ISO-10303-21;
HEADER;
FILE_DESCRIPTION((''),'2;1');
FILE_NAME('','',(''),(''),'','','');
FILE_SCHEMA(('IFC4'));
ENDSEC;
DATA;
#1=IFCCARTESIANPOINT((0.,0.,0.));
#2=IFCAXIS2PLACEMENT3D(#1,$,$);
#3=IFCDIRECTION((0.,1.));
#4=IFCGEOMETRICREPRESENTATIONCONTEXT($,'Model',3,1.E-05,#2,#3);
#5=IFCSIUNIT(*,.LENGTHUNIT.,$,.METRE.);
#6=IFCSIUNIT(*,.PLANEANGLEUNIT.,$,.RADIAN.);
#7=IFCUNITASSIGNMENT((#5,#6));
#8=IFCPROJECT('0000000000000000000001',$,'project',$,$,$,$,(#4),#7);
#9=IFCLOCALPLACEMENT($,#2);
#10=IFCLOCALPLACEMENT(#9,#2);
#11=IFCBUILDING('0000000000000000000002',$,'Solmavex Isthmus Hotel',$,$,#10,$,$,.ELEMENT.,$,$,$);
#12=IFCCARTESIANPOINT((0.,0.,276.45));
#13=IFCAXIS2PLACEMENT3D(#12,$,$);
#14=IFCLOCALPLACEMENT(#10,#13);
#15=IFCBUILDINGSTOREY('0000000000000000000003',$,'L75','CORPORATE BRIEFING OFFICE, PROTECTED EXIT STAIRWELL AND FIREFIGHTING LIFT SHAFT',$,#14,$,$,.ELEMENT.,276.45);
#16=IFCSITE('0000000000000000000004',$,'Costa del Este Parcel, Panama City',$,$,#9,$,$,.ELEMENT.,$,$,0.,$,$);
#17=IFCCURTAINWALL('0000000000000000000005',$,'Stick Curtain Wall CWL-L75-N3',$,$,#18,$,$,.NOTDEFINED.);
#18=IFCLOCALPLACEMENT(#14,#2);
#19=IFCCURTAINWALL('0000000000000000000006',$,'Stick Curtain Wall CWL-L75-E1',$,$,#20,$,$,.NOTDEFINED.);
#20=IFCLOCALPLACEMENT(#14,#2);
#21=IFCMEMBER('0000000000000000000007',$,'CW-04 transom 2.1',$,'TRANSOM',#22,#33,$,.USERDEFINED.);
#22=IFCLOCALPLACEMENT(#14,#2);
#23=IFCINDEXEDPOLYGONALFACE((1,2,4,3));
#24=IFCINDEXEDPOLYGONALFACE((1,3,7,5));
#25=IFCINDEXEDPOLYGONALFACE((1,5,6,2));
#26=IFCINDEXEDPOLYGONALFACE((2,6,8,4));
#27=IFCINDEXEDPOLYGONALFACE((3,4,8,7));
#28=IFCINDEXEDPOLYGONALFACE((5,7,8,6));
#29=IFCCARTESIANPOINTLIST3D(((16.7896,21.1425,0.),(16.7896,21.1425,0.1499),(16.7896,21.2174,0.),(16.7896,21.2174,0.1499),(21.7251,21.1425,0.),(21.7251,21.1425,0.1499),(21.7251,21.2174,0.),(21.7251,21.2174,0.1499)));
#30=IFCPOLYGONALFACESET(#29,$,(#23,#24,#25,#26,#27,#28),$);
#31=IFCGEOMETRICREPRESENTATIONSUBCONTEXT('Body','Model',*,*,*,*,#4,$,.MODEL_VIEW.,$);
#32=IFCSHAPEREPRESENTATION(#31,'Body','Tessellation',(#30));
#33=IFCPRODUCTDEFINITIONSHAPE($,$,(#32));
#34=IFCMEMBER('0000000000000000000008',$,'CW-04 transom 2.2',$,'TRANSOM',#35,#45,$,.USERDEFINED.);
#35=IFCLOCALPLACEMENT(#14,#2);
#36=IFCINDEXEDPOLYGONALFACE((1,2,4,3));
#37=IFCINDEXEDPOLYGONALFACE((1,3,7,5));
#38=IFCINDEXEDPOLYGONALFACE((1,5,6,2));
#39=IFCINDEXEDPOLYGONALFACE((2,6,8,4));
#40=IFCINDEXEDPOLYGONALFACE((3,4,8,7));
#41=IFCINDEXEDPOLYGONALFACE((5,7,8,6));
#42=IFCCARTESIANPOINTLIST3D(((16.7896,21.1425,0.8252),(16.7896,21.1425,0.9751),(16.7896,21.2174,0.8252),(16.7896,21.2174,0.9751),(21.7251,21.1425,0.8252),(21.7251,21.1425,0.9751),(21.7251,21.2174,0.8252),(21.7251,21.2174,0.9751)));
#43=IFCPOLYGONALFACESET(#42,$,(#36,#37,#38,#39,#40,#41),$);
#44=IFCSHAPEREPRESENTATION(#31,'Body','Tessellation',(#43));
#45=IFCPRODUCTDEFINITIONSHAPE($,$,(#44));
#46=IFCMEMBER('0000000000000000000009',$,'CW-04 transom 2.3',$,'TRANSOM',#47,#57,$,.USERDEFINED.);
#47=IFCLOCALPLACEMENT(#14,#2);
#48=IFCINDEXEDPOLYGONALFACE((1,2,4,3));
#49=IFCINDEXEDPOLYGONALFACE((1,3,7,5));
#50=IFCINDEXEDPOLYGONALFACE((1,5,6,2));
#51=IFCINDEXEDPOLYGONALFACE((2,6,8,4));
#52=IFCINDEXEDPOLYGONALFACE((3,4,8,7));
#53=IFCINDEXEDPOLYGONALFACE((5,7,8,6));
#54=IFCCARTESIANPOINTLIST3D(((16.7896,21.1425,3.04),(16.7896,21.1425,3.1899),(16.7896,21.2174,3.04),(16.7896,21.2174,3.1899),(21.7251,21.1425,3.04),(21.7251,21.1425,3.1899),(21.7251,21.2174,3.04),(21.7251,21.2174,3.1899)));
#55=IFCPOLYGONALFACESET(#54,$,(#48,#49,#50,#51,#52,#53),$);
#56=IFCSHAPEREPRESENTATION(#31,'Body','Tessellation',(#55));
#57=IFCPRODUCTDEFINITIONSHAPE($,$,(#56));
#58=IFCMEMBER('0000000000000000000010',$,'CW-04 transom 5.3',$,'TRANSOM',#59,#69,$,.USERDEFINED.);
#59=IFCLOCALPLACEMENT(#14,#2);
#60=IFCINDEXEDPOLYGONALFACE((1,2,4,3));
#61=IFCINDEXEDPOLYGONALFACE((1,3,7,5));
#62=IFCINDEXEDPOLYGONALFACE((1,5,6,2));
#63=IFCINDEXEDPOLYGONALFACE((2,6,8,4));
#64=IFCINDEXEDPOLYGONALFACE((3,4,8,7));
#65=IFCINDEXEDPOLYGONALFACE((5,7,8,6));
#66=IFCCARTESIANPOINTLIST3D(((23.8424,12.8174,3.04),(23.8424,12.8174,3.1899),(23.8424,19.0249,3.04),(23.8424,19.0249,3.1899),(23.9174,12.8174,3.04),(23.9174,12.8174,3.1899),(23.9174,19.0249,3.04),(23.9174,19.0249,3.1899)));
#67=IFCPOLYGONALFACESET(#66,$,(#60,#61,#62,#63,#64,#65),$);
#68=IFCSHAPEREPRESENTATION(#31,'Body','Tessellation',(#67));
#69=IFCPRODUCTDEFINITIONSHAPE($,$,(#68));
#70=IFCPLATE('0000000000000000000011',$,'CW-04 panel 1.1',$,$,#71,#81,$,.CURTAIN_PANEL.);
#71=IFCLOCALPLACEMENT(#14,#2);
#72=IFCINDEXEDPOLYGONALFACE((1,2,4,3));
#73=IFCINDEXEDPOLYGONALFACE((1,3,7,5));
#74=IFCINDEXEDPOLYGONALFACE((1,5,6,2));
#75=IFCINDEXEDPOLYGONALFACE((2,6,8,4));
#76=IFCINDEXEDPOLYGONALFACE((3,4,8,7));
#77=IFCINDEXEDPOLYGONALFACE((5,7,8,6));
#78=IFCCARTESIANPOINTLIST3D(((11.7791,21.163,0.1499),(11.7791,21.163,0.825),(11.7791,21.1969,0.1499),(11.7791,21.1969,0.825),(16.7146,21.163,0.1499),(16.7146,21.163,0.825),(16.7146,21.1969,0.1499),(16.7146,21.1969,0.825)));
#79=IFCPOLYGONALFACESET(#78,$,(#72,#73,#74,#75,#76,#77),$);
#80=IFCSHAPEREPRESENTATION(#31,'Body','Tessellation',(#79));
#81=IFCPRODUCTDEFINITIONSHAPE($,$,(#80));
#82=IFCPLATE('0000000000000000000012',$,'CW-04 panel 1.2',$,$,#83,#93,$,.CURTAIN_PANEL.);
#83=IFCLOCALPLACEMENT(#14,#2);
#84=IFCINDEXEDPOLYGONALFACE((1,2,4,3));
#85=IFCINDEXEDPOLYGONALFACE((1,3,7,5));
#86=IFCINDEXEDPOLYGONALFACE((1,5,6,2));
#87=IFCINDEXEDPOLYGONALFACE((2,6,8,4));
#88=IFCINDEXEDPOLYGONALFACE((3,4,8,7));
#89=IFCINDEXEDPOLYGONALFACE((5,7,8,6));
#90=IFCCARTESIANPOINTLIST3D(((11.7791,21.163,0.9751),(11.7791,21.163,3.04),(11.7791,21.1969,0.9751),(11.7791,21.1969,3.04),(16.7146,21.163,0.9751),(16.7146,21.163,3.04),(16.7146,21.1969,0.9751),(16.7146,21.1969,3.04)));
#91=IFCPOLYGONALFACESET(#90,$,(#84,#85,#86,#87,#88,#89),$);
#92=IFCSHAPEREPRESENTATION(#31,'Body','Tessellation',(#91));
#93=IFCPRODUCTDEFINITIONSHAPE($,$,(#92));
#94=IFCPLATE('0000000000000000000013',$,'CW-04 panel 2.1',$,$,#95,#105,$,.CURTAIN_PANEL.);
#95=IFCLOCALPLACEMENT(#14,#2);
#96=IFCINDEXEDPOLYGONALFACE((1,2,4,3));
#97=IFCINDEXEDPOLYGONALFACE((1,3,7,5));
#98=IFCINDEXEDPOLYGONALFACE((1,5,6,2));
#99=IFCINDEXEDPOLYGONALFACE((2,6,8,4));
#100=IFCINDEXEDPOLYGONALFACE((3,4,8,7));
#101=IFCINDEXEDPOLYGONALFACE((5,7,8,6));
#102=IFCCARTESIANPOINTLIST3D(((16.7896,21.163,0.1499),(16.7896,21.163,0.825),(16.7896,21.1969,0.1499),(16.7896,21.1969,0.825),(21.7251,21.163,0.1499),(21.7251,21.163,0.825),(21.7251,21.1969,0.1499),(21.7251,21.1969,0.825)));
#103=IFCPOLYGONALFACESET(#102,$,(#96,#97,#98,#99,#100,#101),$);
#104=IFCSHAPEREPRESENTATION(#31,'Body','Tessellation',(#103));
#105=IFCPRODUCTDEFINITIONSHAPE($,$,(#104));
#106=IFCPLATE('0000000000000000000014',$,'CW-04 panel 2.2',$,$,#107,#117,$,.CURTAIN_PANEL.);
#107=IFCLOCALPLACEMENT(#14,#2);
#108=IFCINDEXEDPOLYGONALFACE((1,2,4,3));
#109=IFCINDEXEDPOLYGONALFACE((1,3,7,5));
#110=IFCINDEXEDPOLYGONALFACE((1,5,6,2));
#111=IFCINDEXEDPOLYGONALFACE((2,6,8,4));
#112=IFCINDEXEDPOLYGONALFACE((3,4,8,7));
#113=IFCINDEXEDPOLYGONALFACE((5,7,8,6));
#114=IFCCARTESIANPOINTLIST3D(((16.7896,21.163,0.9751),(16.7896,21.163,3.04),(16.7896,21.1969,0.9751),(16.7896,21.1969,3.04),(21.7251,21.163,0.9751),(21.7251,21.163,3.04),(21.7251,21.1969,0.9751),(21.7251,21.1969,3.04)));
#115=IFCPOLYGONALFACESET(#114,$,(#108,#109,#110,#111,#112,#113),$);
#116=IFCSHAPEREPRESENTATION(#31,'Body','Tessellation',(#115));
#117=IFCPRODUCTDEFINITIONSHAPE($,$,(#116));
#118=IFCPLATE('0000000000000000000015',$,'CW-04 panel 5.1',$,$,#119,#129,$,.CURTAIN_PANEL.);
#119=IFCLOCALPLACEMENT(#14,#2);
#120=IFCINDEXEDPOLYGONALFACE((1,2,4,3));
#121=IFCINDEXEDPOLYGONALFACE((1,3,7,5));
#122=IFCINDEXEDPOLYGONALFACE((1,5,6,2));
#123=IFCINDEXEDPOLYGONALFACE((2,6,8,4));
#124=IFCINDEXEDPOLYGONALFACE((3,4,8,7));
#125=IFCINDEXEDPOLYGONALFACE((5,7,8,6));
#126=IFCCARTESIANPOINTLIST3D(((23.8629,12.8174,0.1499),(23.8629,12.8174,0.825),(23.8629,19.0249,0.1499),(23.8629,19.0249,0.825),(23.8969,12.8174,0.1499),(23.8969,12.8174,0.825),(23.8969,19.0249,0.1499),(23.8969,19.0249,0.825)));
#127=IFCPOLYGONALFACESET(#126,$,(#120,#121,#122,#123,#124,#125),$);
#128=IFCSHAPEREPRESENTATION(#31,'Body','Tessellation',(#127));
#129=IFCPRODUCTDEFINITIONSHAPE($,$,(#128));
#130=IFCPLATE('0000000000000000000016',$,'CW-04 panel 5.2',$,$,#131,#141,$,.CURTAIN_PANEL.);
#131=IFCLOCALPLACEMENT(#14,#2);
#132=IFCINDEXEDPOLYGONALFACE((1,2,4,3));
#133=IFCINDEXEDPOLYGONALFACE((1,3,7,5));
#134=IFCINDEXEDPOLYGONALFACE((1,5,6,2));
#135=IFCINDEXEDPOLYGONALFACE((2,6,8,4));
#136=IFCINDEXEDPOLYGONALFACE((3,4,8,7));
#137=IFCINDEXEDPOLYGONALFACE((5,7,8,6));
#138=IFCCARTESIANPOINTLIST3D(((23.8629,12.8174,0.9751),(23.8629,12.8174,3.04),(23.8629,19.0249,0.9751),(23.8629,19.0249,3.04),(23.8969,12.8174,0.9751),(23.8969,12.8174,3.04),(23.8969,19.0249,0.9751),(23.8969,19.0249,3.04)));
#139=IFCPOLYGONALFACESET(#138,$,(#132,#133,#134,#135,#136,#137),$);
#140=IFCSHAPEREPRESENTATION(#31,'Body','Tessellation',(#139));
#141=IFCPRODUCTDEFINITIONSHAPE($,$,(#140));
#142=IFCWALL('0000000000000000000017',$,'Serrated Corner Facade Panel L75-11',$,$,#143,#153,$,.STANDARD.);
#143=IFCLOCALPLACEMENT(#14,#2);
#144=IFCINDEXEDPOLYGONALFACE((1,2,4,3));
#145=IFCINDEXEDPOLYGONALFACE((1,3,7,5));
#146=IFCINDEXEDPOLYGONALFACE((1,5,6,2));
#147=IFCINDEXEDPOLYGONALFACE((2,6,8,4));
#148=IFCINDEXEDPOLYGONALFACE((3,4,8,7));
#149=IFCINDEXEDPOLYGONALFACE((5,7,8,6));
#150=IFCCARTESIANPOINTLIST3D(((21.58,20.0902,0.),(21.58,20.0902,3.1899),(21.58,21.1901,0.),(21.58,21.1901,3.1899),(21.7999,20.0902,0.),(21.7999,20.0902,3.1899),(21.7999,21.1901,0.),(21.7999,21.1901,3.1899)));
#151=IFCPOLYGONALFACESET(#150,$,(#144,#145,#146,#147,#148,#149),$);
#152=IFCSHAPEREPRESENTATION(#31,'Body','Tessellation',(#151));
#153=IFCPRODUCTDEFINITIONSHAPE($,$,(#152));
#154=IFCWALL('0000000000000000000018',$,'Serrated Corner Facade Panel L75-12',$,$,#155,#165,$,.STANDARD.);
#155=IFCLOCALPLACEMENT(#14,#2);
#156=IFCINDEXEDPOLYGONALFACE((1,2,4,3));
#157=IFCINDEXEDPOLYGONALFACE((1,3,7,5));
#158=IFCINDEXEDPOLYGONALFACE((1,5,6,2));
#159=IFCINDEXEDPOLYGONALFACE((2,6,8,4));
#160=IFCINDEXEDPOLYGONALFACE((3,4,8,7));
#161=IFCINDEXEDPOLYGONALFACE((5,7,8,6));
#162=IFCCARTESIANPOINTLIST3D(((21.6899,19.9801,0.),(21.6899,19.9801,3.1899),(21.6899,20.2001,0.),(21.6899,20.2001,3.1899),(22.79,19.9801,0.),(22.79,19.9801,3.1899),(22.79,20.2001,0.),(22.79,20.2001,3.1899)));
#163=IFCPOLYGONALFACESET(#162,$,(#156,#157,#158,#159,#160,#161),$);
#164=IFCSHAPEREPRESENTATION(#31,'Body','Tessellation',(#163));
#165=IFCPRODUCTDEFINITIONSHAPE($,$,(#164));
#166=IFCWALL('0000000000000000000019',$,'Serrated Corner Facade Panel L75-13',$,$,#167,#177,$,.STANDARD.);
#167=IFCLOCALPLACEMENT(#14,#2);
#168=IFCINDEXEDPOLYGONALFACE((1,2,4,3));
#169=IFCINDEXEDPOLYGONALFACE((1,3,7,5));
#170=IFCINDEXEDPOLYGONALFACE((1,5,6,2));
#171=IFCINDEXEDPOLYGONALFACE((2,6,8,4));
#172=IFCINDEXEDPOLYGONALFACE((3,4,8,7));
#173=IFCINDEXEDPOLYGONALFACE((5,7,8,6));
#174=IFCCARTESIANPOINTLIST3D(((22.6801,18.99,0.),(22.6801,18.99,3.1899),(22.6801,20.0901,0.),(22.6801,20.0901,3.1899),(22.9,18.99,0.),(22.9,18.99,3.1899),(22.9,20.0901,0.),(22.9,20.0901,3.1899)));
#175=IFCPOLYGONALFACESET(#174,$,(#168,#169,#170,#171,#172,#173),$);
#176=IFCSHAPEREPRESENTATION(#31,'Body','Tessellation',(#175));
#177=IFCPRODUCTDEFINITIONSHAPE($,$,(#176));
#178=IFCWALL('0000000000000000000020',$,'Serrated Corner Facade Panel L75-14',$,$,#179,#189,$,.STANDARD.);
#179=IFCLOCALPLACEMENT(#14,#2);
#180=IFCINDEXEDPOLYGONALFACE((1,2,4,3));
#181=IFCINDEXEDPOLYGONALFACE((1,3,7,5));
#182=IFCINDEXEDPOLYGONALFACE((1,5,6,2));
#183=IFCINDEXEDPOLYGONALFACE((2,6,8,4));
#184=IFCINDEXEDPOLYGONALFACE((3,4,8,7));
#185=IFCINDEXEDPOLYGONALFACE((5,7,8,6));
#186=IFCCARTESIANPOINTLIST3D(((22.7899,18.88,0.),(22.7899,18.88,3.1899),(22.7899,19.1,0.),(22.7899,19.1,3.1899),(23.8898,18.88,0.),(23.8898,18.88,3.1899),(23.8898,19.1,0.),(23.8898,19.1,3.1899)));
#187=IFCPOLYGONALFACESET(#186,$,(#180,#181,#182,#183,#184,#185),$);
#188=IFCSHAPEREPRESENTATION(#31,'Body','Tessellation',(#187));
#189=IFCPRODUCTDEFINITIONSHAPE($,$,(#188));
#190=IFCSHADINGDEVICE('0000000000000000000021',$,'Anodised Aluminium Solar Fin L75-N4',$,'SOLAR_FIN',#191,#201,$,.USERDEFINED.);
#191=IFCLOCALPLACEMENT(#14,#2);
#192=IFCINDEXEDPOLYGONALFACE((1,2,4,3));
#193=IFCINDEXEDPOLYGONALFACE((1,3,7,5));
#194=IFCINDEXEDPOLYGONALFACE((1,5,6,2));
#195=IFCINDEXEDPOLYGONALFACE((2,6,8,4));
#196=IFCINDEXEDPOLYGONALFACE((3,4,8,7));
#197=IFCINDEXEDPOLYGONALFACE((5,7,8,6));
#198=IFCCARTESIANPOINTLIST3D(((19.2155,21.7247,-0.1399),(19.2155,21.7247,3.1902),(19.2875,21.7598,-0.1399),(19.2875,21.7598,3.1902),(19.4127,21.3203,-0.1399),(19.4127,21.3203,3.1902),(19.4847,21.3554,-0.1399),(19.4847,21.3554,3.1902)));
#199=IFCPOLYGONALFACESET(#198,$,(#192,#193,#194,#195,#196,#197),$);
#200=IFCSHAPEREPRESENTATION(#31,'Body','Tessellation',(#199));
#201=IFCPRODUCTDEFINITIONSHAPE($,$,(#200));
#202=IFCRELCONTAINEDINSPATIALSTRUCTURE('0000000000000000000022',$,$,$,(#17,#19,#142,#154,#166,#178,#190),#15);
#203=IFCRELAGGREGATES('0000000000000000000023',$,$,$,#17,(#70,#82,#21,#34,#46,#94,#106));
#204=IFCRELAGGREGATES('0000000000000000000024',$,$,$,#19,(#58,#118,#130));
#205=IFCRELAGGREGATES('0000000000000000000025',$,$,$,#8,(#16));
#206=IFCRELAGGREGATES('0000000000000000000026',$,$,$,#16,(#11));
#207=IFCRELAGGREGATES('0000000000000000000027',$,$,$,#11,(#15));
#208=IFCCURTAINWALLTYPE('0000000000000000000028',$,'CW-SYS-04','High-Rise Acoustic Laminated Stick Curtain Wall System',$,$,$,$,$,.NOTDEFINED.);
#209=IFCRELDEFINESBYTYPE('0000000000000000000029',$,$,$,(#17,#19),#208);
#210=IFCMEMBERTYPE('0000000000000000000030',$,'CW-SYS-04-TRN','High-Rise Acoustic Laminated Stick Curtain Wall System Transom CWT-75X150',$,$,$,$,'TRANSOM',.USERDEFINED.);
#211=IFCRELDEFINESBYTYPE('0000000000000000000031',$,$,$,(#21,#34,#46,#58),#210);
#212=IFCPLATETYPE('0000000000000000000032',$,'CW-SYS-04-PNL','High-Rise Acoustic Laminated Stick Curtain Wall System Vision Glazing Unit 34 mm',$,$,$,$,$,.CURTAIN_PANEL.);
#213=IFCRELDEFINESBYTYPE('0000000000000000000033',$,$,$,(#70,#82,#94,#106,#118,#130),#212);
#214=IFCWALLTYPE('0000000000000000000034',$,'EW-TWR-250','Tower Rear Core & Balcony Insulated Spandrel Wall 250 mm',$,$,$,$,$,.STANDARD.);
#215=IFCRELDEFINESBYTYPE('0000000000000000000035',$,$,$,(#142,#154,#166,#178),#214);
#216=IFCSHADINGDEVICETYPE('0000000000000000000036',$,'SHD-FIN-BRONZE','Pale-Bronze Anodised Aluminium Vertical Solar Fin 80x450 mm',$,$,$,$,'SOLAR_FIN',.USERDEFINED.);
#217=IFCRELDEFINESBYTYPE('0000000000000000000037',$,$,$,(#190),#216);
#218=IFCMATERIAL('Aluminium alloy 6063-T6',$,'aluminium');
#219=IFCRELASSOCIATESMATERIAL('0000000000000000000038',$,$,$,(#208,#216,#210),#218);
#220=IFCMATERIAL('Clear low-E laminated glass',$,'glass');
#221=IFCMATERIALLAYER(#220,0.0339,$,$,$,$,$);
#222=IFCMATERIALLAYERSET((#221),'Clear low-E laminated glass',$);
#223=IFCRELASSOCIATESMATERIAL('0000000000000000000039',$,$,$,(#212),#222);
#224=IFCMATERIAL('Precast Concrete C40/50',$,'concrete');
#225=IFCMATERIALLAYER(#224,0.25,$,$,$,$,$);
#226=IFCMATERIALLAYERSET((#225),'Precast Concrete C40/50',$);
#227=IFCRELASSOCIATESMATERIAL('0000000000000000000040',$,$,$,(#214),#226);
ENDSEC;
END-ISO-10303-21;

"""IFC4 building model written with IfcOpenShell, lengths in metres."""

from ifc_helpers import new_model, si_unit, direction, frame, frame_2d, origin, origin_2d, place, context, subcontext, project, spatial, rectangle, extrude, material, layer, layer_set, material_profile, profile_set, type_object, element, aggregate, save


model = new_model("IFC4")

# Units and contexts
model_context = context("Model", 3, precision=1e-05, world=origin(), true_north=direction((0.0, 1.0)))
body_context = subcontext(model_context, "Body", "Model", "MODEL_VIEW")
ifc_project = project(units=[si_unit("LENGTHUNIT", "METRE"), si_unit("PLANEANGLEUNIT", "RADIAN")], contexts=[model_context])

# Site, building, storey
site_placement = place(None, origin())
site = spatial("IfcSite", under=ifc_project, at=site_placement, Name="Costa del Este Parcel, Panama City", CompositionType="ELEMENT", RefElevation=0.0)
building_placement = place(site_placement, origin())
building = spatial("IfcBuilding", under=site, at=building_placement, Name="Solmavex Isthmus Hotel", CompositionType="ELEMENT")
storey_placement = place(building_placement, frame((0.0, 0.0, 276.45)))
storey = spatial("IfcBuildingStorey", under=building, at=storey_placement, Name="L75", Description="CORPORATE BRIEFING OFFICE, PROTECTED EXIT STAIRWELL AND FIREFIGHTING LIFT SHAFT", CompositionType="ELEMENT", Elevation=276.45)

# Curtain wall
ifc_material_1 = material(Name="Aluminium alloy 6063-T6", Category="aluminium")
curtain_wall_type = type_object("IfcCurtainWallType", Name="CW-SYS-04", Description="High-Rise Acoustic Laminated Stick Curtain Wall System", PredefinedType="NOTDEFINED", material=ifc_material_1)
curtain_wall_1_placement = place(storey_placement, origin())
curtain_wall_1 = element("IfcCurtainWall", 1, at=curtain_wall_1_placement, inside=storey, type_object=curtain_wall_type, Name="Stick Curtain Wall CWL-L75-N3", PredefinedType="NOTDEFINED")

# Curtain wall
curtain_wall_2_placement = place(storey_placement, origin())
curtain_wall_2 = element("IfcCurtainWall", 2, at=curtain_wall_2_placement, inside=storey, type_object=curtain_wall_type, Name="Stick Curtain Wall CWL-L75-E1", PredefinedType="NOTDEFINED")

# Members
ifc_material_profile_1 = material_profile(ifc_material_1, rectangle(XDim=0.075, YDim=0.1499, at=origin_2d()), Name="CWT-75X150")
ifc_profile_set_1 = profile_set([ifc_material_profile_1], Name="Aluminium alloy 6063-T6")
member_type_1 = type_object("IfcMemberType", Name="CW-SYS-04-TRN", Description="High-Rise Acoustic Laminated Stick Curtain Wall System Transom CWT-75X150", ElementType="TRANSOM", PredefinedType="USERDEFINED", material=ifc_profile_set_1)
member_1_placement = place(storey_placement, frame((16.7896, 21.1799, 0.075), z_axis=(1.0, 0.0, 0.0), x_axis=(0.0, 1.0, 0.0)))
member_1 = element("IfcMember", 3, at=member_1_placement, type_object=member_type_1, Name="CW-04 transom 2.1", ObjectType="TRANSOM", PredefinedType="USERDEFINED", context=body_context, shape_type="SweptSolid", body=[
    extrude(rectangle(XDim=0.075, YDim=0.1499, at=origin_2d()), origin(), (0.0, 0.0, 1.0), 4.9355),
])
member_2_placement = place(storey_placement, frame((16.7896, 21.1799, 0.9001), z_axis=(1.0, 0.0, 0.0), x_axis=(0.0, 1.0, 0.0)))
member_2 = element("IfcMember", 4, at=member_2_placement, type_object=member_type_1, Name="CW-04 transom 2.2", ObjectType="TRANSOM", PredefinedType="USERDEFINED", context=body_context, shape_type="SweptSolid", body=[
    extrude(rectangle(XDim=0.075, YDim=0.1499, at=origin_2d()), origin(), (0.0, 0.0, 1.0), 4.9355),
])
member_3_placement = place(storey_placement, frame((16.7896, 21.1799, 3.115), z_axis=(1.0, 0.0, 0.0), x_axis=(0.0, 1.0, 0.0)))
member_3 = element("IfcMember", 5, at=member_3_placement, type_object=member_type_1, Name="CW-04 transom 2.3", ObjectType="TRANSOM", PredefinedType="USERDEFINED", context=body_context, shape_type="SweptSolid", body=[
    extrude(rectangle(XDim=0.075, YDim=0.1499, at=origin_2d()), origin(), (0.0, 0.0, 1.0), 4.9355),
])
member_4_placement = place(storey_placement, frame((23.8799, 12.8174, 3.115), z_axis=(0.0, 1.0, 0.0), x_axis=(-1.0, 0.0, 0.0)))
member_4 = element("IfcMember", 6, at=member_4_placement, type_object=member_type_1, Name="CW-04 transom 5.3", ObjectType="TRANSOM", PredefinedType="USERDEFINED", context=body_context, shape_type="SweptSolid", body=[
    extrude(rectangle(XDim=0.075, YDim=0.1499, at=origin_2d()), origin(), (0.0, 0.0, 1.0), 6.2075),
])

# Plates
ifc_material_2 = material(Name="Clear low-E laminated glass", Category="glass")
ifc_layer_1 = layer(ifc_material_2, 0.0339)
ifc_layer_set_1 = layer_set([ifc_layer_1], Name="Clear low-E laminated glass")
plate_type = type_object("IfcPlateType", Name="CW-SYS-04-PNL", Description="High-Rise Acoustic Laminated Stick Curtain Wall System Vision Glazing Unit 34 mm", PredefinedType="CURTAIN_PANEL", material=ifc_layer_set_1)
plate_1_placement = place(storey_placement, frame((14.2468, 21.1799, 0.1499), z_axis=(0.0, 0.0, 1.0), x_axis=(1.0, 0.0, 0.0)))
plate_1 = element("IfcPlate", 7, at=plate_1_placement, type_object=plate_type, Name="CW-04 panel 1.1", PredefinedType="CURTAIN_PANEL", context=body_context, shape_type="SweptSolid", body=[
    extrude(rectangle(XDim=4.9355, YDim=0.0339, at=origin_2d()), origin(), (0.0, 0.0, 1.0), 0.675),
])
plate_2_placement = place(storey_placement, frame((14.2468, 21.1799, 0.9751), z_axis=(0.0, 0.0, 1.0), x_axis=(1.0, 0.0, 0.0)))
plate_2 = element("IfcPlate", 8, at=plate_2_placement, type_object=plate_type, Name="CW-04 panel 1.2", PredefinedType="CURTAIN_PANEL", context=body_context, shape_type="SweptSolid", body=[
    extrude(rectangle(XDim=4.9355, YDim=0.0339, at=origin_2d()), origin(), (0.0, 0.0, 1.0), 2.0649),
])
plate_3_placement = place(storey_placement, frame((19.2573, 21.1799, 0.1499), z_axis=(0.0, 0.0, 1.0), x_axis=(1.0, 0.0, 0.0)))
plate_3 = element("IfcPlate", 9, at=plate_3_placement, type_object=plate_type, Name="CW-04 panel 2.1", PredefinedType="CURTAIN_PANEL", context=body_context, shape_type="SweptSolid", body=[
    extrude(rectangle(XDim=4.9355, YDim=0.0339, at=origin_2d()), origin(), (0.0, 0.0, 1.0), 0.675),
])
plate_4_placement = place(storey_placement, frame((19.2573, 21.1799, 0.9751), z_axis=(0.0, 0.0, 1.0), x_axis=(1.0, 0.0, 0.0)))
plate_4 = element("IfcPlate", 10, at=plate_4_placement, type_object=plate_type, Name="CW-04 panel 2.2", PredefinedType="CURTAIN_PANEL", context=body_context, shape_type="SweptSolid", body=[
    extrude(rectangle(XDim=4.9355, YDim=0.0339, at=origin_2d()), origin(), (0.0, 0.0, 1.0), 2.0649),
])
aggregate(curtain_wall_1, [plate_1, plate_2, member_1, member_2, member_3, plate_3, plate_4])
plate_5_placement = place(storey_placement, frame((23.8799, 15.9211, 0.1499), z_axis=(0.0, 0.0, 1.0), x_axis=(0.0, 1.0, 0.0)))
plate_5 = element("IfcPlate", 11, at=plate_5_placement, type_object=plate_type, Name="CW-04 panel 5.1", PredefinedType="CURTAIN_PANEL", context=body_context, shape_type="SweptSolid", body=[
    extrude(rectangle(XDim=6.2075, YDim=0.0339, at=origin_2d()), origin(), (0.0, 0.0, 1.0), 0.675),
])
plate_6_placement = place(storey_placement, frame((23.8799, 15.9211, 0.9751), z_axis=(0.0, 0.0, 1.0), x_axis=(0.0, 1.0, 0.0)))
plate_6 = element("IfcPlate", 12, at=plate_6_placement, type_object=plate_type, Name="CW-04 panel 5.2", PredefinedType="CURTAIN_PANEL", context=body_context, shape_type="SweptSolid", body=[
    extrude(rectangle(XDim=6.2075, YDim=0.0339, at=origin_2d()), origin(), (0.0, 0.0, 1.0), 2.0649),
])
aggregate(curtain_wall_2, [member_4, plate_5, plate_6])

# Walls
ifc_material_3 = material(Name="Precast Concrete C40/50", Category="concrete")
ifc_layer_2 = layer(ifc_material_3, 0.25)
ifc_layer_set_2 = layer_set([ifc_layer_2], Name="Precast Concrete C40/50")
wall_type = type_object("IfcWallType", Name="EW-TWR-250", Description="Tower Rear Core & Balcony Insulated Spandrel Wall 250 mm", PredefinedType="STANDARD", material=ifc_layer_set_2)
wall_1_placement = place(storey_placement, frame((21.6899, 21.1899, 0.0), z_axis=(0.0, 0.0, 1.0), x_axis=(0.0, -1.0, 0.0)))
element("IfcWall", 13, at=wall_1_placement, inside=storey, type_object=wall_type, Name="Serrated Corner Facade Panel L75-11", PredefinedType="STANDARD", context=body_context, shape_type="SweptSolid", body=[
    extrude(rectangle(XDim=1.0999, YDim=0.22, at=frame_2d((0.5498, 0.0))), origin(), (0.0, 0.0, 1.0), 3.1899),
])
for number, where, z_axis, x_axis, name in (
    (14, (21.6899, 20.0901, 0.0), (0.0, 0.0, 1.0), (1.0, 0.0, 0.0), "Serrated Corner Facade Panel L75-12"),
    (15, (22.79, 20.0901, 0.0), (0.0, 0.0, 1.0), (0.0, -1.0, 0.0), "Serrated Corner Facade Panel L75-13"),
):
    element("IfcWall", number, at=place(storey_placement, frame(where, z_axis=z_axis, x_axis=x_axis)), inside=storey, type_object=wall_type, Name=name, PredefinedType="STANDARD", context=body_context, shape_type="SweptSolid", body=[
        extrude(rectangle(XDim=1.1001, YDim=0.22, at=frame_2d((0.55, 0.0))), origin(), (0.0, 0.0, 1.0), 3.1899),
    ])
wall_2_placement = place(storey_placement, frame((22.79, 18.99, 0.0), z_axis=(0.0, 0.0, 1.0), x_axis=(1.0, 0.0, 0.0)))
element("IfcWall", 16, at=wall_2_placement, inside=storey, type_object=wall_type, Name="Serrated Corner Facade Panel L75-14", PredefinedType="STANDARD", context=body_context, shape_type="SweptSolid", body=[
    extrude(rectangle(XDim=1.0999, YDim=0.22, at=frame_2d((0.5498, 0.0))), origin(), (0.0, 0.0, 1.0), 3.1899),
])

# Shading device
shading_device_type = type_object("IfcShadingDeviceType", Name="SHD-FIN-BRONZE", Description="Pale-Bronze Anodised Aluminium Vertical Solar Fin 80x450 mm", ElementType="SOLAR_FIN", PredefinedType="USERDEFINED", material=ifc_material_1)
shading_device_placement = place(storey_placement, frame((19.3501, 21.54, -0.1399), z_axis=(0.0, 0.0, 1.0), x_axis=(-0.438371, 0.898794, 0.0)))
element("IfcShadingDevice", 17, at=shading_device_placement, inside=storey, type_object=shading_device_type, Name="Anodised Aluminium Solar Fin L75-N4", ObjectType="SOLAR_FIN", PredefinedType="USERDEFINED", context=body_context, shape_type="SweptSolid", body=[
    extrude(rectangle(XDim=0.45, YDim=0.0801, at=origin_2d()), origin(), (0.0, 0.0, 1.0), 3.3301),
])

save(model, "model.ifc")
